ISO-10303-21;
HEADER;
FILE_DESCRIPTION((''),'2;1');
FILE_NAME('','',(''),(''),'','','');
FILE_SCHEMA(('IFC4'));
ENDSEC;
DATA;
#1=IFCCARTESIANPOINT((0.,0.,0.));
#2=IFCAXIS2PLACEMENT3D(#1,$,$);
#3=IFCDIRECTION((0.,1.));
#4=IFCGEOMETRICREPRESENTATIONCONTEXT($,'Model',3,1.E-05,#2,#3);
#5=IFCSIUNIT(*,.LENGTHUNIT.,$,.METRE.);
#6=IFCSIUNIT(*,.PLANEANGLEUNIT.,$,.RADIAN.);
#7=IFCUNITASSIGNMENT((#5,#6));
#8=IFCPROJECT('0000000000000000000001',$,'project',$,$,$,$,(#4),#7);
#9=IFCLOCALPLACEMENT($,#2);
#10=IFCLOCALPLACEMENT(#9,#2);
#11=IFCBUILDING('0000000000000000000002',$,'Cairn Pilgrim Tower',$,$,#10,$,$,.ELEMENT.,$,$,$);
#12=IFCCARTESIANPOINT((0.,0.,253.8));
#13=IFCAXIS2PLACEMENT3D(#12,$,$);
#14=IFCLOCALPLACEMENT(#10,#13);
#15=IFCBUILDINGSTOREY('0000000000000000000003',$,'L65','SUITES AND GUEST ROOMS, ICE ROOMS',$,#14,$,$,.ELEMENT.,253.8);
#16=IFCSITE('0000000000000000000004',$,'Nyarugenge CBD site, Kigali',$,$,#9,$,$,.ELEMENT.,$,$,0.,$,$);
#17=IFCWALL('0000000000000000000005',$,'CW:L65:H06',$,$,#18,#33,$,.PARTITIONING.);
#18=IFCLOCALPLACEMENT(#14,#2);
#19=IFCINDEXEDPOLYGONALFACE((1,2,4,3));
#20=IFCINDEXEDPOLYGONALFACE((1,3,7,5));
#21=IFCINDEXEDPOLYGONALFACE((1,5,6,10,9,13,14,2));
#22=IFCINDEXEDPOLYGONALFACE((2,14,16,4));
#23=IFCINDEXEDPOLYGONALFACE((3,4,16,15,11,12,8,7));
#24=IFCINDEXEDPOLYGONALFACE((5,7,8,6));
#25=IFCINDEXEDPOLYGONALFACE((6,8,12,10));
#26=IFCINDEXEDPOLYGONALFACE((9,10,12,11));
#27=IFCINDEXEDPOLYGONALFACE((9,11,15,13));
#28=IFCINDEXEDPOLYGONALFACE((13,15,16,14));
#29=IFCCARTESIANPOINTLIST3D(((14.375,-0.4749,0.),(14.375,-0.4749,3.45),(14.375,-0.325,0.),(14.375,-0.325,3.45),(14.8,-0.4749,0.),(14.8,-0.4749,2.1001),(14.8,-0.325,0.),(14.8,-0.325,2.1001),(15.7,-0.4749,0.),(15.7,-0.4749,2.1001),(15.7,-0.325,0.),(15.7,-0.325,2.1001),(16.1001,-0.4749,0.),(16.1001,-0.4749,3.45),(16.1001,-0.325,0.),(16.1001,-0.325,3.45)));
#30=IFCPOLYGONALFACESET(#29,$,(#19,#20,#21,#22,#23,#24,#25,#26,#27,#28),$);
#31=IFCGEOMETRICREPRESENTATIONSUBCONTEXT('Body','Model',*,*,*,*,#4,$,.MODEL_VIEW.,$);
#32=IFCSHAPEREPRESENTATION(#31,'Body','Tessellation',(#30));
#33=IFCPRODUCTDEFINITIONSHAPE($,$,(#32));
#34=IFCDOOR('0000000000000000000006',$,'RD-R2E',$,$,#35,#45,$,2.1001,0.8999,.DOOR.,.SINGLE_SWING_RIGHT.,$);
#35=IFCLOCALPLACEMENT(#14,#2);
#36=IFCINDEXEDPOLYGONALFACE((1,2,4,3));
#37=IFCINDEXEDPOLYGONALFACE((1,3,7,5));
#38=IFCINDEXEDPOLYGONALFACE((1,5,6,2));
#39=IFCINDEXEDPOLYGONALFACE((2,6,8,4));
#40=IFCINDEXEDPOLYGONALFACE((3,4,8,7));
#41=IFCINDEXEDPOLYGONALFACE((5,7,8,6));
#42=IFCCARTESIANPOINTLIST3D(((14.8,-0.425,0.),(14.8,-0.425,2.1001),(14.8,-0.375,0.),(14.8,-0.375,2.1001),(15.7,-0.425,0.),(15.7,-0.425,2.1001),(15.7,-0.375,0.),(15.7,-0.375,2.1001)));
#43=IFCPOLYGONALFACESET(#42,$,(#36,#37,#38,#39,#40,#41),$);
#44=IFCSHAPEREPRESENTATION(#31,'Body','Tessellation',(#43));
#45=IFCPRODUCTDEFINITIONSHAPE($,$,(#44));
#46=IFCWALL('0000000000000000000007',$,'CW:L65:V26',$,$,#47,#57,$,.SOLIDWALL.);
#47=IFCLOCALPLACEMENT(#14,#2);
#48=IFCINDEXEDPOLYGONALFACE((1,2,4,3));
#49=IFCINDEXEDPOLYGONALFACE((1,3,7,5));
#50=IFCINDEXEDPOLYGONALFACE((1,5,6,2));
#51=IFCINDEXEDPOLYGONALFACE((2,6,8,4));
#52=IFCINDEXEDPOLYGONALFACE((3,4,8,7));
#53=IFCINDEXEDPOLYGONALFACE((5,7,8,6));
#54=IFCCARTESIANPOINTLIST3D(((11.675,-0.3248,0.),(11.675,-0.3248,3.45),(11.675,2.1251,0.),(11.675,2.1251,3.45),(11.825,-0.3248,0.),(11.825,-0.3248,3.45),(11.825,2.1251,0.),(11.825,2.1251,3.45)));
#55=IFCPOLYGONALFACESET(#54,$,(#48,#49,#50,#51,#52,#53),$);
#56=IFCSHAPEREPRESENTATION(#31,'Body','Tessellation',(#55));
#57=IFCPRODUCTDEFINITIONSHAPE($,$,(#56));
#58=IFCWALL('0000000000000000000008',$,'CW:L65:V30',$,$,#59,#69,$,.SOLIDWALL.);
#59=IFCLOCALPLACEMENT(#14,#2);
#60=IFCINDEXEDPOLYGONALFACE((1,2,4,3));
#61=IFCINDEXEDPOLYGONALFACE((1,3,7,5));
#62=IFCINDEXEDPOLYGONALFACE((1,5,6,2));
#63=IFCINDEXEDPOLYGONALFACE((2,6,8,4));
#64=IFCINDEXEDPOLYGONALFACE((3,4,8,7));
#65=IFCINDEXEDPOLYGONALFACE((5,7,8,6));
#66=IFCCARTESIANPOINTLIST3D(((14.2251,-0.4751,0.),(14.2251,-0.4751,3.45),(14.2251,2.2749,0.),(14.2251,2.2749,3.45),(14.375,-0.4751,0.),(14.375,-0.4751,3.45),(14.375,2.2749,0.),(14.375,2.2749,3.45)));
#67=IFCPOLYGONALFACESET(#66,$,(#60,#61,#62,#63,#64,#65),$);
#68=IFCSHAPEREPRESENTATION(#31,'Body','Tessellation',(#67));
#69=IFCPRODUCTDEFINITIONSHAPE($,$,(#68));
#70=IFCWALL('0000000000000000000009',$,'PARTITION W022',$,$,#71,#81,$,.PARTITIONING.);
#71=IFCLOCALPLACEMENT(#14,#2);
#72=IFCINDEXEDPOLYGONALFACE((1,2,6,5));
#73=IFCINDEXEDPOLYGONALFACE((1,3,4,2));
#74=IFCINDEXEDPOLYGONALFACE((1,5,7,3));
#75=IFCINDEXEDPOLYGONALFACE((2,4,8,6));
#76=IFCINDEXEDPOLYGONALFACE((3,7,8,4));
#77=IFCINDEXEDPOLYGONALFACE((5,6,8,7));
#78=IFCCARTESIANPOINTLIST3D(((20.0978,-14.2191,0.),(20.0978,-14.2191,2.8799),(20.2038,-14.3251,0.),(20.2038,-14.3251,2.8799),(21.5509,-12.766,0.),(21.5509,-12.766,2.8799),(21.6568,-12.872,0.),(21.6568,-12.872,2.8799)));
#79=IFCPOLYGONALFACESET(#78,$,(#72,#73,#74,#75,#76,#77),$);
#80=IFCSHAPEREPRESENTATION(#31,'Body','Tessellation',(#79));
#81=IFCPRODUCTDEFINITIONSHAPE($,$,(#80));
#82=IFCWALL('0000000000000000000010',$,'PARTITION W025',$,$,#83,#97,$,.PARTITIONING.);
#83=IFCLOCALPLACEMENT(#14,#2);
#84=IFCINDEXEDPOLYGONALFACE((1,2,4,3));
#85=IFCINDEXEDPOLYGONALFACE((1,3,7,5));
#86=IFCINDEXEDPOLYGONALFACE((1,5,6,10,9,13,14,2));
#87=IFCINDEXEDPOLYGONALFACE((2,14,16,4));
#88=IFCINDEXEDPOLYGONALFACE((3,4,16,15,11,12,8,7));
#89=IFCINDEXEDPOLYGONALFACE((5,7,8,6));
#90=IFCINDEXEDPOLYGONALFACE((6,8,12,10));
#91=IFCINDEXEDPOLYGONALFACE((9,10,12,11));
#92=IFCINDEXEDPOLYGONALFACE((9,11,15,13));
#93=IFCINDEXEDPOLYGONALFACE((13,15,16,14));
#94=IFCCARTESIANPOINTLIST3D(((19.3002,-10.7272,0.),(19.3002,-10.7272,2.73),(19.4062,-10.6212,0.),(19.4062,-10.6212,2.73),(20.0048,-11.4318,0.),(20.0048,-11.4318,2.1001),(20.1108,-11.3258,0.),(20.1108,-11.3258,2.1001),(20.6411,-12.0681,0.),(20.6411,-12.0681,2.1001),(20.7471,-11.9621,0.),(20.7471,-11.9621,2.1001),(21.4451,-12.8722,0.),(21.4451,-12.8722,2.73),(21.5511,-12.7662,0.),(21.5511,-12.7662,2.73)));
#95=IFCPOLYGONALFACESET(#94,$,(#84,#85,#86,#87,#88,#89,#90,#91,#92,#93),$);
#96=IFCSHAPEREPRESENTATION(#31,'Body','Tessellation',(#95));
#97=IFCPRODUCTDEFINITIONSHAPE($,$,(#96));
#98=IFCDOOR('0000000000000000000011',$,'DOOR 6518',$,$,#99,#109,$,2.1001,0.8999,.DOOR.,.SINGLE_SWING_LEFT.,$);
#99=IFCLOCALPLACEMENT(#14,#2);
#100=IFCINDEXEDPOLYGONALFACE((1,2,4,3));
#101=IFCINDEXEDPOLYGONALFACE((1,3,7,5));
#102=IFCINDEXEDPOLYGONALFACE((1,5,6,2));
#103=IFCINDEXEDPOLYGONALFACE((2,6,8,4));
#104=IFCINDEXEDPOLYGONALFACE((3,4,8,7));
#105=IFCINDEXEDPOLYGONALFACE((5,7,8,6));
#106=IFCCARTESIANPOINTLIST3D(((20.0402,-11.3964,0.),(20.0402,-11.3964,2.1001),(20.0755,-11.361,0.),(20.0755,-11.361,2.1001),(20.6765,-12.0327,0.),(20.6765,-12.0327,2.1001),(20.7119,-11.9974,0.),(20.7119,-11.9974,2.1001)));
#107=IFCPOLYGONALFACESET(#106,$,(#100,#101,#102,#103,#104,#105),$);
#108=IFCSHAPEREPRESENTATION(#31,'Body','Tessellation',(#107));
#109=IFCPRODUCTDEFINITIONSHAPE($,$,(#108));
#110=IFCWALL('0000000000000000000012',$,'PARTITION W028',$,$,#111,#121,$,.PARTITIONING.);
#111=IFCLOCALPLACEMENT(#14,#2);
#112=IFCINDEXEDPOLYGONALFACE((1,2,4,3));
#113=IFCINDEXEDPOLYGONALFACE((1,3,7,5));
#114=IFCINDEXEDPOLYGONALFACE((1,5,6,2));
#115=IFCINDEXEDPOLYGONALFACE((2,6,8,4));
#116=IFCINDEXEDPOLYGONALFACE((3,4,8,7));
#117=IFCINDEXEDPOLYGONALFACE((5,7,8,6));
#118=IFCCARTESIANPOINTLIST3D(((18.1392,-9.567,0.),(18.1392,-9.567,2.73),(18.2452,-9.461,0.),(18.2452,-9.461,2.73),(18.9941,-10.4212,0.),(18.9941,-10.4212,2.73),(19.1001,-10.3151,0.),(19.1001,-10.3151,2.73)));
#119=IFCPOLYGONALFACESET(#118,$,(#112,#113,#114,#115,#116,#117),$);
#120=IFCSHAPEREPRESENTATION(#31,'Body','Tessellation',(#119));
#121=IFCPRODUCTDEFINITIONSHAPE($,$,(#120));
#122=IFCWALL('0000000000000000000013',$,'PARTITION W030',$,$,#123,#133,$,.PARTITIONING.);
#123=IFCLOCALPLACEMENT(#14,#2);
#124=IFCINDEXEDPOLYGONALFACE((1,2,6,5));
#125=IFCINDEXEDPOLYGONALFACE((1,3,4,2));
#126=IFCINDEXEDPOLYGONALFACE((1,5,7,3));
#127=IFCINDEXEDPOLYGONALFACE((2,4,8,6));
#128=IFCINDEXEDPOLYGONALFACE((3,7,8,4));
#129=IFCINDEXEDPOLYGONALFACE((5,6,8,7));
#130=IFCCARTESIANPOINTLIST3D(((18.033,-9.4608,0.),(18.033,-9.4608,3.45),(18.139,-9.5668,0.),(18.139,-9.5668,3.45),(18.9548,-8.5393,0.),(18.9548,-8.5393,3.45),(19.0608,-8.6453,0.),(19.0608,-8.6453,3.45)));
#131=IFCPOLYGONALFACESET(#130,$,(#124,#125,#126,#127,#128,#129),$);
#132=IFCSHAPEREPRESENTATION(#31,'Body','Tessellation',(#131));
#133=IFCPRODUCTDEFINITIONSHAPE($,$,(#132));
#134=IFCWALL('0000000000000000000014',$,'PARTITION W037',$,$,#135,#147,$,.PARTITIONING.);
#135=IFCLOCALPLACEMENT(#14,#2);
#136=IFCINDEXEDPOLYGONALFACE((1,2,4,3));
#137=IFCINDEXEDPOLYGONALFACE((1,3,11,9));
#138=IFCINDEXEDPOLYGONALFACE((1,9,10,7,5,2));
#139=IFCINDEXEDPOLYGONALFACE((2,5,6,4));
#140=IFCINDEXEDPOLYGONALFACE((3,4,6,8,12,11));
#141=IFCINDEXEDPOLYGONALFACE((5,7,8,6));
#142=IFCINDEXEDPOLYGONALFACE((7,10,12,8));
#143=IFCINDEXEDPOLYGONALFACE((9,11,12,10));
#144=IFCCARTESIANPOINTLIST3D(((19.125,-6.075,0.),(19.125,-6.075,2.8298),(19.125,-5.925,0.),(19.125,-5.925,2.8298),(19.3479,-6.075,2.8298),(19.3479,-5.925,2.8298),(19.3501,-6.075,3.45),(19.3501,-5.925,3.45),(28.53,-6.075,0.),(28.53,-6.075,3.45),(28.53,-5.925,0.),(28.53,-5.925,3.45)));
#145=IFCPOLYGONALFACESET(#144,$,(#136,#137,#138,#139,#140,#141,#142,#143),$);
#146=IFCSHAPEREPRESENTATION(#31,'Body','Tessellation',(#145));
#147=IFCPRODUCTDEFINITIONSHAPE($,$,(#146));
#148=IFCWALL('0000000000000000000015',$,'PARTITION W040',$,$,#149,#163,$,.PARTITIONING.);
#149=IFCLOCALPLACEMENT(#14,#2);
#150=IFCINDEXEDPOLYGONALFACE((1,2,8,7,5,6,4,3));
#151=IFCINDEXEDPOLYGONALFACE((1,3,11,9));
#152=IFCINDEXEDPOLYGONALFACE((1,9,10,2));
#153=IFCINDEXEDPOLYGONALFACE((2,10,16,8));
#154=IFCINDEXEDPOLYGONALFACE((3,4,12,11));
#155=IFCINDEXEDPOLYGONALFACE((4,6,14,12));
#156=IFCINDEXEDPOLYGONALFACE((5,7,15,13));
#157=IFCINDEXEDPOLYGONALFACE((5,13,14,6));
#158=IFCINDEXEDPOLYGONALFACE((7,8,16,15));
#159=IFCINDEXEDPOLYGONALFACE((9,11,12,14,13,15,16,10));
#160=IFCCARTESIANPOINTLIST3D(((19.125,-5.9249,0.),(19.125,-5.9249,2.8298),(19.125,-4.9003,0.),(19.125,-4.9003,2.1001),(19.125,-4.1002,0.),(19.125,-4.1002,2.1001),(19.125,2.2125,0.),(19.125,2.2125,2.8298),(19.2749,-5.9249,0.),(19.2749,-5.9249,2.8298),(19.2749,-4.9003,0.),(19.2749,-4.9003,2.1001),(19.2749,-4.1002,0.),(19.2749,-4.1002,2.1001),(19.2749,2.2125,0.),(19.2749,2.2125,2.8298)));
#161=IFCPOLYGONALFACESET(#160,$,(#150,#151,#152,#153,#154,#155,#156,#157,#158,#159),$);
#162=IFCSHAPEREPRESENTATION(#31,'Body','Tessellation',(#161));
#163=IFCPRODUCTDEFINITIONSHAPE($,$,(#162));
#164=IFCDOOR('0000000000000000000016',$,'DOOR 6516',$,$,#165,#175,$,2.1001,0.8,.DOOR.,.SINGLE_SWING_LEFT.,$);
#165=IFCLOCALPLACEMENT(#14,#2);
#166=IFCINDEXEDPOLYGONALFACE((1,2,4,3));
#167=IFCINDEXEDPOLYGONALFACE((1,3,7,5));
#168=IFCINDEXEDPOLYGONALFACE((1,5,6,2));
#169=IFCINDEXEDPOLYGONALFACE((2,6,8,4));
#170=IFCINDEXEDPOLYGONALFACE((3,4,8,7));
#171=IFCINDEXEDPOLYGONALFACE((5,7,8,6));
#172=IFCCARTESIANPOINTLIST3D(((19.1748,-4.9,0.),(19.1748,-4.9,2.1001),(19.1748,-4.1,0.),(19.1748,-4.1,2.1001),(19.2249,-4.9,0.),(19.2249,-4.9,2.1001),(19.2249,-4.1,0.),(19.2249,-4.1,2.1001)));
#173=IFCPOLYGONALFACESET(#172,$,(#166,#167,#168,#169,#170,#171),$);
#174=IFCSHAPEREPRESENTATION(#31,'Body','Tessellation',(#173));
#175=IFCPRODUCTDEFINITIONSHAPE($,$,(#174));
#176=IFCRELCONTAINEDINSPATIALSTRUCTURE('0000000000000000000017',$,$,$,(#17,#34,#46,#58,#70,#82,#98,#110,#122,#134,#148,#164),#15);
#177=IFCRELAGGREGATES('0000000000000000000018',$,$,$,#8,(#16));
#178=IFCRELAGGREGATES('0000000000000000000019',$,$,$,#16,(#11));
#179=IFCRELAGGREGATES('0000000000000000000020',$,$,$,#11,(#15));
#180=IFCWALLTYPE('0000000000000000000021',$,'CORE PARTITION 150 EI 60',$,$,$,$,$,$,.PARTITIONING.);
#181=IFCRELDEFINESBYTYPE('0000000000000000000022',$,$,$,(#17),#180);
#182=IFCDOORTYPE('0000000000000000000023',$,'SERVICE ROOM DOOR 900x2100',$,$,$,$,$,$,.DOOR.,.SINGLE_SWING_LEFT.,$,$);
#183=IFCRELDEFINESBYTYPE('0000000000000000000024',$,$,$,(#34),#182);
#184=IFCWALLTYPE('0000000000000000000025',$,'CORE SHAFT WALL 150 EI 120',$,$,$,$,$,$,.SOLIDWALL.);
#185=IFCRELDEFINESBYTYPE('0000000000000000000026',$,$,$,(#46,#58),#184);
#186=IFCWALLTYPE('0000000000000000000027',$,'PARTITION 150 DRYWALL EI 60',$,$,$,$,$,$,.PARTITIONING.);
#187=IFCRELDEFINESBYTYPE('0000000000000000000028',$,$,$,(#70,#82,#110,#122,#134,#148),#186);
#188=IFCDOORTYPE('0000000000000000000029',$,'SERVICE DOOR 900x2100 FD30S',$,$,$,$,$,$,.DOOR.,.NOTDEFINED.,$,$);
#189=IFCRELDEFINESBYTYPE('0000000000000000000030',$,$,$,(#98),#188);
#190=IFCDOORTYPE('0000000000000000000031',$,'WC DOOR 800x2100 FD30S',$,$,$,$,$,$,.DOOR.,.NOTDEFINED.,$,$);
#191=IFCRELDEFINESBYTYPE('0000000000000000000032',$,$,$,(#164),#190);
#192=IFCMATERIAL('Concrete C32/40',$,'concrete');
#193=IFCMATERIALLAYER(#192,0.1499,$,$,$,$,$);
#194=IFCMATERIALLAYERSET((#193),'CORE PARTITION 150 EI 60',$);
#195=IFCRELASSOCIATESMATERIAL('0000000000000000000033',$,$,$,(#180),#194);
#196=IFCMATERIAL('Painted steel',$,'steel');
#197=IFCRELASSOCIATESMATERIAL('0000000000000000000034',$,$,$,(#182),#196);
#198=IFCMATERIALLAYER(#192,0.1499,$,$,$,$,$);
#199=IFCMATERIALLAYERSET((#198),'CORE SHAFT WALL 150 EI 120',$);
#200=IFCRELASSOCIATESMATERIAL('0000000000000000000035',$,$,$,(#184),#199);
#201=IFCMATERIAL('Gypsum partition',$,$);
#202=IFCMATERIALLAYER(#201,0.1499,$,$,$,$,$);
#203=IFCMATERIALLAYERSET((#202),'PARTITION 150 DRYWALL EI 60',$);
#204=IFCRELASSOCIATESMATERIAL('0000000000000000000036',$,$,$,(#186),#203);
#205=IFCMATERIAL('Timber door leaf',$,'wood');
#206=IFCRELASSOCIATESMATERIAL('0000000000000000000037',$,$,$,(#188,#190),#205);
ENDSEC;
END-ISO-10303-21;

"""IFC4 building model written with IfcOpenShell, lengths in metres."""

from ifc_helpers import new_model, si_unit, direction, frame, frame_2d, origin, place, context, subcontext, project, spatial, polyline, rectangle, outline, extrude, material, layer, layer_set, type_object, element, fill, save


model = new_model("IFC4")

# Units and contexts
model_context = context("Model", 3, precision=1e-05, world=origin(), true_north=direction((0.0, 1.0)))
body_context = subcontext(model_context, "Body", "Model", "MODEL_VIEW")
ifc_project = project(units=[si_unit("LENGTHUNIT", "METRE"), si_unit("PLANEANGLEUNIT", "RADIAN")], contexts=[model_context])

# Site, building, storey
site_placement = place(None, origin())
site = spatial("IfcSite", under=ifc_project, at=site_placement, Name="Nyarugenge CBD site, Kigali", CompositionType="ELEMENT", RefElevation=0.0)
building_placement = place(site_placement, origin())
building = spatial("IfcBuilding", under=site, at=building_placement, Name="Cairn Pilgrim Tower", CompositionType="ELEMENT")
storey_placement = place(building_placement, frame((0.0, 0.0, 253.8)))
storey = spatial("IfcBuildingStorey", under=building, at=storey_placement, Name="L65", Description="SUITES AND GUEST ROOMS, ICE ROOMS", CompositionType="ELEMENT", Elevation=253.8)

# Shared definitions
ifc_material_1 = material(Name="Concrete C32/40", Category="concrete")

# Shared definitions
ifc_material_2 = material(Name="Painted steel", Category="steel")

# Wall, opening, door
ifc_layer_1 = layer(ifc_material_1, 0.1499)
ifc_layer_set_1 = layer_set([ifc_layer_1], Name="CORE PARTITION 150 EI 60")
wall_type_1 = type_object("IfcWallType", Name="CORE PARTITION 150 EI 60", PredefinedType="PARTITIONING", material=ifc_layer_set_1)
wall_1_placement = place(storey_placement, frame((14.375, -0.3999, 0.0), z_axis=(0.0, 0.0, 1.0), x_axis=(1.0, 0.0, 0.0)))
wall_1 = element("IfcWall", 1, at=wall_1_placement, inside=storey, type_object=wall_type_1, Name="CW:L65:H06", PredefinedType="PARTITIONING", context=body_context, shape_type="SweptSolid", body=[
    extrude(rectangle(XDim=1.7251, YDim=0.1499, at=frame_2d((0.8625, 0.0))), origin(), (0.0, 0.0, 1.0), 3.45),
])
opening_1_placement = place(wall_1_placement, frame((0.425, 0.0, 0.0)))
opening_1 = element("IfcOpeningElement", 2, at=opening_1_placement, cuts=wall_1, PredefinedType="OPENING", context=body_context, shape_type="SweptSolid", body=[
    extrude(rectangle(XDim=0.8999, YDim=2.1001, at=frame_2d((0.45, 1.05))), frame((0.0, 0.085, 0.0), z_axis=(0.0, -1.0, 0.0), x_axis=(1.0, 0.0, 0.0)), (0.0, 0.0, 1.0), 0.1699),
])
door_type_1 = type_object("IfcDoorType", Name="SERVICE ROOM DOOR 900x2100", OperationType="SINGLE_SWING_LEFT", PredefinedType="DOOR", material=ifc_material_2)
door_1_placement = place(opening_1_placement, origin())
door_1 = element("IfcDoor", 3, at=door_1_placement, inside=storey, type_object=door_type_1, Name="RD-R2E", OperationType="SINGLE_SWING_RIGHT", OverallHeight=2.1001, OverallWidth=0.8999, PredefinedType="DOOR", context=body_context, shape_type="SweptSolid", body=[
    extrude(rectangle(XDim=0.8999, YDim=2.1001, at=frame_2d((0.45, 1.05))), frame((0.0, 0.0249, 0.0), z_axis=(0.0, -1.0, 0.0), x_axis=(1.0, 0.0, 0.0)), (0.0, 0.0, 1.0), 0.05),
])
fill(opening_1, door_1)

# Walls
ifc_layer_2 = layer(ifc_material_1, 0.1499)
ifc_layer_set_2 = layer_set([ifc_layer_2], Name="CORE SHAFT WALL 150 EI 120")
wall_type_2 = type_object("IfcWallType", Name="CORE SHAFT WALL 150 EI 120", PredefinedType="SOLIDWALL", material=ifc_layer_set_2)
wall_2_placement = place(storey_placement, frame((11.75, -0.325, 0.0), z_axis=(0.0, 0.0, 1.0), x_axis=(0.0, 1.0, 0.0)))
element("IfcWall", 4, at=wall_2_placement, inside=storey, type_object=wall_type_2, Name="CW:L65:V26", PredefinedType="SOLIDWALL", context=body_context, shape_type="SweptSolid", body=[
    extrude(rectangle(XDim=2.45, YDim=0.1499, at=frame_2d((1.2251, 0.0))), origin(), (0.0, 0.0, 1.0), 3.45),
])
wall_3_placement = place(storey_placement, frame((14.3, -0.4751, 0.0), z_axis=(0.0, 0.0, 1.0), x_axis=(0.0, 1.0, 0.0)))
element("IfcWall", 5, at=wall_3_placement, inside=storey, type_object=wall_type_2, Name="CW:L65:V30", PredefinedType="SOLIDWALL", context=body_context, shape_type="SweptSolid", body=[
    extrude(rectangle(XDim=2.75, YDim=0.1499, at=frame_2d((1.375, 0.0))), origin(), (0.0, 0.0, 1.0), 3.45),
])
ifc_material_3 = material(Name="Gypsum partition")
ifc_layer_3 = layer(ifc_material_3, 0.1499)
ifc_layer_set_3 = layer_set([ifc_layer_3], Name="PARTITION 150 DRYWALL EI 60")
wall_type_3 = type_object("IfcWallType", Name="PARTITION 150 DRYWALL EI 60", PredefinedType="PARTITIONING", material=ifc_layer_set_3)
wall_4_placement = place(storey_placement, frame((20.1509, -14.272, 0.0), z_axis=(0.0, 0.0, 1.0), x_axis=(0.707107, 0.707107, 0.0)))
element("IfcWall", 6, at=wall_4_placement, inside=storey, type_object=wall_type_3, Name="PARTITION W022", PredefinedType="PARTITIONING", context=body_context, shape_type="SweptSolid", body=[
    extrude(rectangle(XDim=2.0549, YDim=0.1499, at=frame_2d((1.0273, 0.0))), origin(), (0.0, 0.0, 1.0), 2.8799),
])

# Wall, opening, door
wall_5_placement = place(storey_placement, frame((21.498, -12.8191, 0.0), z_axis=(0.0, 0.0, 1.0), x_axis=(-0.707107, 0.707107, 0.0)))
wall_5 = element("IfcWall", 7, at=wall_5_placement, inside=storey, type_object=wall_type_3, Name="PARTITION W025", PredefinedType="PARTITIONING", context=body_context, shape_type="SweptSolid", body=[
    extrude(rectangle(XDim=3.0334, YDim=0.1499, at=frame_2d((1.5166, 0.0))), origin(), (0.0, 0.0, 1.0), 2.73),
])
opening_2_placement = place(wall_5_placement, frame((1.137, 0.0, 0.0)))
opening_2 = element("IfcOpeningElement", 8, at=opening_2_placement, cuts=wall_5, PredefinedType="OPENING", context=body_context, shape_type="SweptSolid", body=[
    extrude(rectangle(XDim=0.8999, YDim=2.1001, at=frame_2d((0.45, 1.05))), frame((0.0, 0.085, 0.0), z_axis=(0.0, -1.0, 0.0), x_axis=(1.0, 0.0, 0.0)), (0.0, 0.0, 1.0), 0.1699),
])
ifc_material_4 = material(Name="Timber door leaf", Category="wood")
door_type_2 = type_object("IfcDoorType", Name="SERVICE DOOR 900x2100 FD30S", OperationType="NOTDEFINED", PredefinedType="DOOR", material=ifc_material_4)
door_2_placement = place(opening_2_placement, origin())
door_2 = element("IfcDoor", 9, at=door_2_placement, inside=storey, type_object=door_type_2, Name="DOOR 6518", OperationType="SINGLE_SWING_LEFT", OverallHeight=2.1001, OverallWidth=0.8999, PredefinedType="DOOR", context=body_context, shape_type="SweptSolid", body=[
    extrude(rectangle(XDim=0.8999, YDim=2.1001, at=frame_2d((0.45, 1.05))), frame((0.0, 0.0249, 0.0), z_axis=(0.0, -1.0, 0.0), x_axis=(1.0, 0.0, 0.0)), (0.0, 0.0, 1.0), 0.05),
])
fill(opening_2, door_2)

# Walls
wall_6_placement = place(storey_placement, frame((19.0471, -10.3682, 0.0), z_axis=(0.0, 0.0, 1.0), x_axis=(-0.70741, 0.706804, 0.0)))
element("IfcWall", 10, at=wall_6_placement, inside=storey, type_object=wall_type_3, Name="PARTITION W028", PredefinedType="PARTITIONING", context=body_context, shape_type="SweptSolid", body=[
    extrude(rectangle(XDim=1.2085, YDim=0.1499, at=frame_2d((0.6042, 0.0))), origin(), (0.0, 0.0, 1.0), 2.73),
])
wall_7_placement = place(storey_placement, frame((18.0859, -9.5139, 0.0), z_axis=(0.0, 0.0, 1.0), x_axis=(0.7072, 0.707013, 0.0)))
element("IfcWall", 11, at=wall_7_placement, inside=storey, type_object=wall_type_3, Name="PARTITION W030", PredefinedType="PARTITIONING", context=body_context, shape_type="SweptSolid", body=[
    extrude(rectangle(XDim=1.3035, YDim=0.1499, at=frame_2d((0.6519, 0.0))), origin(), (0.0, 0.0, 1.0), 3.45),
])
wall_8_placement = place(storey_placement, frame((19.125, -6.0, 0.0), z_axis=(0.0, 0.0, 1.0), x_axis=(1.0, 0.0, 0.0)))
element("IfcWall", 12, at=wall_8_placement, inside=storey, type_object=wall_type_3, Name="PARTITION W037", PredefinedType="PARTITIONING", context=body_context, shape_type="SweptSolid", body=[
    extrude(outline(polyline([(0.0, 0.0), (9.405, 0.0), (9.405, 3.45), (0.2251, 3.45), (0.2229, 2.8298), (0.0, 2.8298), (0.0, 0.0)])), frame((0.0, 0.075, 0.0), z_axis=(0.0, -1.0, 0.0), x_axis=(1.0, 0.0, 0.0)), (0.0, 0.0, 1.0), 0.1499),
])

# Wall, opening, door
wall_9_placement = place(storey_placement, frame((19.2, -5.925, 0.0), z_axis=(0.0, 0.0, 1.0), x_axis=(0.0, 1.0, 0.0)))
wall_9 = element("IfcWall", 13, at=wall_9_placement, inside=storey, type_object=wall_type_3, Name="PARTITION W040", PredefinedType="PARTITIONING", context=body_context, shape_type="SweptSolid", body=[
    extrude(rectangle(XDim=8.1375, YDim=0.1499, at=frame_2d((4.0688, 0.0))), origin(), (0.0, 0.0, 1.0), 2.8298),
])
opening_3_placement = place(wall_9_placement, frame((1.0249, 0.0, 0.0)))
opening_3 = element("IfcOpeningElement", 14, at=opening_3_placement, cuts=wall_9, PredefinedType="OPENING", context=body_context, shape_type="SweptSolid", body=[
    extrude(rectangle(XDim=0.8, YDim=2.1001, at=frame_2d((0.3999, 1.05))), frame((0.0, 0.085, 0.0), z_axis=(0.0, -1.0, 0.0), x_axis=(1.0, 0.0, 0.0)), (0.0, 0.0, 1.0), 0.1699),
])
door_type_3 = type_object("IfcDoorType", Name="WC DOOR 800x2100 FD30S", OperationType="NOTDEFINED", PredefinedType="DOOR", material=ifc_material_4)
door_3_placement = place(opening_3_placement, frame((0.8, 0.0, 0.0), z_axis=(0.0, 0.0, 1.0), x_axis=(-1.0, 0.0, 0.0)))
door_3 = element("IfcDoor", 15, at=door_3_placement, inside=storey, type_object=door_type_3, Name="DOOR 6516", OperationType="SINGLE_SWING_LEFT", OverallHeight=2.1001, OverallWidth=0.8, PredefinedType="DOOR", context=body_context, shape_type="SweptSolid", body=[
    extrude(rectangle(XDim=0.8, YDim=2.1001, at=frame_2d((0.3999, 1.05))), frame((0.0, 0.0249, 0.0), z_axis=(0.0, -1.0, 0.0), x_axis=(1.0, 0.0, 0.0)), (0.0, 0.0, 1.0), 0.05),
])
fill(opening_3, door_3)

save(model, "model.ifc")
